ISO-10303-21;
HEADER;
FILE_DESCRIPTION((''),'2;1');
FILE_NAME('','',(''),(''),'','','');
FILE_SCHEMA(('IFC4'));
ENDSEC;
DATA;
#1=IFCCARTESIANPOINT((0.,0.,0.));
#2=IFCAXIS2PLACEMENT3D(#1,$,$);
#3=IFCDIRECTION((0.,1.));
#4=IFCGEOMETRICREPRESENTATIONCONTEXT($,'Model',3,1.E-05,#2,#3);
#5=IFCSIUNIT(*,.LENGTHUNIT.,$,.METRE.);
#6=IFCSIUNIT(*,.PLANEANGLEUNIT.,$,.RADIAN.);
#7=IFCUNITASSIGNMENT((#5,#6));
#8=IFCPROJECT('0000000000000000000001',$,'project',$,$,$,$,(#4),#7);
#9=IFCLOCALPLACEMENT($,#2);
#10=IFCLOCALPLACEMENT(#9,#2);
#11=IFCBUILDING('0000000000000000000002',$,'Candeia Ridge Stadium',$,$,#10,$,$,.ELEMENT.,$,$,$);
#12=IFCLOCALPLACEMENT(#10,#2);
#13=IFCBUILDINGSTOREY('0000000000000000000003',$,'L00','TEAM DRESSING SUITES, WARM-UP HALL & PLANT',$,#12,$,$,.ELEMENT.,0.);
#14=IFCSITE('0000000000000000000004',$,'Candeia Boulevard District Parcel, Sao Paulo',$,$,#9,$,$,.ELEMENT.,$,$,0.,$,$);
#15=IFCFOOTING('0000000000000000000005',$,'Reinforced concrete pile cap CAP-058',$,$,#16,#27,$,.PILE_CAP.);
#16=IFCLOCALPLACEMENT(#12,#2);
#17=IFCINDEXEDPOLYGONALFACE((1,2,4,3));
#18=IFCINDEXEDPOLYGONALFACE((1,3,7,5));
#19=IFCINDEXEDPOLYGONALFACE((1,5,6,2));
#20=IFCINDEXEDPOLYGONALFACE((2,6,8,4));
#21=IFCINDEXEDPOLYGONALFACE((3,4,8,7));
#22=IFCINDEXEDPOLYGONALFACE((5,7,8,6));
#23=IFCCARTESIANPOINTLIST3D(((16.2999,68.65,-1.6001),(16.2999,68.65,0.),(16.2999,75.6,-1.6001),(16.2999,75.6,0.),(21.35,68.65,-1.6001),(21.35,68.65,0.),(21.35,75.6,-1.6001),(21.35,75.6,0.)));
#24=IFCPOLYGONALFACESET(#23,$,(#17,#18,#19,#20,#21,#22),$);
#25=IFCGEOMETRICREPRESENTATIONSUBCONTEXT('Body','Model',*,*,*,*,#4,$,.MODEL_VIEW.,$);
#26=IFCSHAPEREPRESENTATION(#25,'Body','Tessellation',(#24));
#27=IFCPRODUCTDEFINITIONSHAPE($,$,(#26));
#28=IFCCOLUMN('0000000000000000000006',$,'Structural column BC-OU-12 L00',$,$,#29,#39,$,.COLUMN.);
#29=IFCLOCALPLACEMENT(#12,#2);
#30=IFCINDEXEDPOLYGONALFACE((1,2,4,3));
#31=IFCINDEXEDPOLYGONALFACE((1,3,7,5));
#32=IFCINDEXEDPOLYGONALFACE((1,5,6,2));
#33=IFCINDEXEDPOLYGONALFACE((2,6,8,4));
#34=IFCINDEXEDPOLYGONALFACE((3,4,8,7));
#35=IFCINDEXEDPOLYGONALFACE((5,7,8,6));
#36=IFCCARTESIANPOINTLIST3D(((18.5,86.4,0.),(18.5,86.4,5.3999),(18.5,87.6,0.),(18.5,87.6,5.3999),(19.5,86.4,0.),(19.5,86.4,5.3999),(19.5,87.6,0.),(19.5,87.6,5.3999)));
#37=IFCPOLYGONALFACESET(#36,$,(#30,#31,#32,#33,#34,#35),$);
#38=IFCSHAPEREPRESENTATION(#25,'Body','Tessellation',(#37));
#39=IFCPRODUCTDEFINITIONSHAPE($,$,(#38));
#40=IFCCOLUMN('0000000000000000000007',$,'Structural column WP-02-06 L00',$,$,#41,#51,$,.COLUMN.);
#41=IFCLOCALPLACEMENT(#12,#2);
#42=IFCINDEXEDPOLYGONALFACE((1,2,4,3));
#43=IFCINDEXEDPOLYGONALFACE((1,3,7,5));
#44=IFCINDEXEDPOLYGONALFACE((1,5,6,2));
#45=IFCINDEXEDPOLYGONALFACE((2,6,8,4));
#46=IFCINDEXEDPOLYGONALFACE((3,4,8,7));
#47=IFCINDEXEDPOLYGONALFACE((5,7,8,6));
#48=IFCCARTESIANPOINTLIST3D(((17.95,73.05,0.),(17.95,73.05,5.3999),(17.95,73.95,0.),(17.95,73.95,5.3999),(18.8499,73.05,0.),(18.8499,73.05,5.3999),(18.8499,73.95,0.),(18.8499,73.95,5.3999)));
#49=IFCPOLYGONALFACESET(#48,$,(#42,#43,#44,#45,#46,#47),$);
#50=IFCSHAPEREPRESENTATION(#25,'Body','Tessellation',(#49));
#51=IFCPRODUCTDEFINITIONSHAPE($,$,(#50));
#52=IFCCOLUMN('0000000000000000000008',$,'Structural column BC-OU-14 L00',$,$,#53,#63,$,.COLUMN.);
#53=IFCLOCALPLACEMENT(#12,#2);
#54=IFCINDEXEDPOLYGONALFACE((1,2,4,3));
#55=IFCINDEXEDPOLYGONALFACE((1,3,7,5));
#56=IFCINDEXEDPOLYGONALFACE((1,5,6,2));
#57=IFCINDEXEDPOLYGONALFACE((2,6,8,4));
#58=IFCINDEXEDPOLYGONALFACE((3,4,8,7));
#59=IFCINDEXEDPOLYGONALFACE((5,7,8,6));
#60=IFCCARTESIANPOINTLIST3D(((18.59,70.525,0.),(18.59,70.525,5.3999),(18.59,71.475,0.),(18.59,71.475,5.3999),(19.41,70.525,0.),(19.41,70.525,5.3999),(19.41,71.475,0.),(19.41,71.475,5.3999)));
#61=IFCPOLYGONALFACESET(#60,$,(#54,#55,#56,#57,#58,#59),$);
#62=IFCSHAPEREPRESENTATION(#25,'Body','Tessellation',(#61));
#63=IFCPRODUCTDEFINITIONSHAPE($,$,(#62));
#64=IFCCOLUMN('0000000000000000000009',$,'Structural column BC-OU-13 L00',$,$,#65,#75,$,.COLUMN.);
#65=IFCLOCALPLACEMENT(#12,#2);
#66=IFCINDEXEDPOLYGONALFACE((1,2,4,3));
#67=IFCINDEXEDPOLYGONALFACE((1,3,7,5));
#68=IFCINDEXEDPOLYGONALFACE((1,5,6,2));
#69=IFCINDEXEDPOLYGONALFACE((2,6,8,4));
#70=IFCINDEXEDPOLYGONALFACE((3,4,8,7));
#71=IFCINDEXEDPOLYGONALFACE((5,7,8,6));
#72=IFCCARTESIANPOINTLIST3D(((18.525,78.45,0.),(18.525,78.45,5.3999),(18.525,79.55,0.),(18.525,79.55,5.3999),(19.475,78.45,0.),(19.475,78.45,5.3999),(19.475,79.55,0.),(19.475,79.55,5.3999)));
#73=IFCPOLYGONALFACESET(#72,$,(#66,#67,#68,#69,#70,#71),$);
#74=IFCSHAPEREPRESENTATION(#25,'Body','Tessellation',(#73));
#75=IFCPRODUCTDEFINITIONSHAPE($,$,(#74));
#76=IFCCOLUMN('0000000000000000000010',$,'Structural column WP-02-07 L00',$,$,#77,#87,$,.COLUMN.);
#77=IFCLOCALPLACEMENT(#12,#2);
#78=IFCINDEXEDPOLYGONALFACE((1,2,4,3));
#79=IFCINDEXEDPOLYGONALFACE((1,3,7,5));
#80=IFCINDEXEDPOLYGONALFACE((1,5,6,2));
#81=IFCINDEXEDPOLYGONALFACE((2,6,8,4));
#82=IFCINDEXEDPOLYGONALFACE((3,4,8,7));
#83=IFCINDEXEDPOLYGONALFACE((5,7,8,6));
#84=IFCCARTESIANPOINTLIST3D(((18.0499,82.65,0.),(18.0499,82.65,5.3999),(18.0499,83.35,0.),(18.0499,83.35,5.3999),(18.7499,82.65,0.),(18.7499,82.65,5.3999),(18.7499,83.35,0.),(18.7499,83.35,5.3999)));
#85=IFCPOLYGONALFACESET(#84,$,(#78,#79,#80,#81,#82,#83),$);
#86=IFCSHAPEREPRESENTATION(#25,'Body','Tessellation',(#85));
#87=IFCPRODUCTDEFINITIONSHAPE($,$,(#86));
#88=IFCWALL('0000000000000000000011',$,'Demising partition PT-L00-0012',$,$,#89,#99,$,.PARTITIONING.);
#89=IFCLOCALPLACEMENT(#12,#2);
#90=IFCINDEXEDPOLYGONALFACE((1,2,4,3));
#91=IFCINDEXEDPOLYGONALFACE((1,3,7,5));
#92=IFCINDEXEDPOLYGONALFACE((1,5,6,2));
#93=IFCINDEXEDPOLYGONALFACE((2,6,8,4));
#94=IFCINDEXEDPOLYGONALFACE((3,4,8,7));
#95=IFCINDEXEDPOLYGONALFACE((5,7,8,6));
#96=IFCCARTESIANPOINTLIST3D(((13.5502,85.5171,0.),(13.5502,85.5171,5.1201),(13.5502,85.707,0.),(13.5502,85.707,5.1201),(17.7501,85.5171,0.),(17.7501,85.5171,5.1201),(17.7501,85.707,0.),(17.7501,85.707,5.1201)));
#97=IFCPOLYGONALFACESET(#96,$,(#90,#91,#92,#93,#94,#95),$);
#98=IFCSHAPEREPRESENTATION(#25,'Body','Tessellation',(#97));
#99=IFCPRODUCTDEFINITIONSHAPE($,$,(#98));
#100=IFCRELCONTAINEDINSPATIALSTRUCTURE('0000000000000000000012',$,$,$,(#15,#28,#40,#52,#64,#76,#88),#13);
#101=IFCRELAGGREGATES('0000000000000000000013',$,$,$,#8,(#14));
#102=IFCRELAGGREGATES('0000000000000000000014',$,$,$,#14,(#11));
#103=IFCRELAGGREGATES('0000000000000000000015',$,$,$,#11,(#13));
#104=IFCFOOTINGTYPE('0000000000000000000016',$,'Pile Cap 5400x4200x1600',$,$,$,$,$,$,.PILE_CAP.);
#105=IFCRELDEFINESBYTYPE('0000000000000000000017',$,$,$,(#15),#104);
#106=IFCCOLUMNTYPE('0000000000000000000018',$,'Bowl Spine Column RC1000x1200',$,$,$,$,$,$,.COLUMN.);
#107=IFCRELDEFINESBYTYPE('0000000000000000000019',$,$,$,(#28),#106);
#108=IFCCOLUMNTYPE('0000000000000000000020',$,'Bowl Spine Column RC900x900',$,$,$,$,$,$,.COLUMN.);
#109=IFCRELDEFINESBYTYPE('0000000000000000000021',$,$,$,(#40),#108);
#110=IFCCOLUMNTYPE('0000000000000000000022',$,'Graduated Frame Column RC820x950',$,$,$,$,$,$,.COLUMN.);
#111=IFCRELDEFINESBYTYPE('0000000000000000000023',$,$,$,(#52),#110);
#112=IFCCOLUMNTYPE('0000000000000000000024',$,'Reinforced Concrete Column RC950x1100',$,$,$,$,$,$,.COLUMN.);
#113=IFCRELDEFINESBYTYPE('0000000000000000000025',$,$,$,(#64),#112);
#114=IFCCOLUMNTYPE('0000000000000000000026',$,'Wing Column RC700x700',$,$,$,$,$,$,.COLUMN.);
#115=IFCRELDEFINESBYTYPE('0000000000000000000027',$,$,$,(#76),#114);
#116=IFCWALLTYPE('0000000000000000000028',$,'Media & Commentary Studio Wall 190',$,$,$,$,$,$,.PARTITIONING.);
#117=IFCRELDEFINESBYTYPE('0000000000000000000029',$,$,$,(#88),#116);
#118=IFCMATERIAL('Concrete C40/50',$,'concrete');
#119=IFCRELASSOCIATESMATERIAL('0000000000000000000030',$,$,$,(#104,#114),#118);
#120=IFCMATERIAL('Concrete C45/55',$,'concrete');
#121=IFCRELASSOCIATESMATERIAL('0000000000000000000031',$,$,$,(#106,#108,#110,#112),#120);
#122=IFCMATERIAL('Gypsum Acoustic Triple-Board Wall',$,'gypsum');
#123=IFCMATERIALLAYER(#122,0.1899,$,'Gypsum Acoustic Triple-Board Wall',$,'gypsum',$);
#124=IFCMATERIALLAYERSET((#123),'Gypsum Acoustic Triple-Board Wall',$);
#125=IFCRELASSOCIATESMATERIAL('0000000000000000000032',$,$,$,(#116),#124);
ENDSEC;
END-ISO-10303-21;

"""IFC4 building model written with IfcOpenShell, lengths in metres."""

from ifc_helpers import new_model, si_unit, direction, frame, frame_2d, origin, origin_2d, place, context, subcontext, project, spatial, rectangle, extrude, material, layer, layer_set, material_profile, profile_set, type_object, element, save


model = new_model("IFC4")

# Units and contexts
model_context = context("Model", 3, precision=1e-05, world=origin(), true_north=direction((0.0, 1.0)))
body_context = subcontext(model_context, "Body", "Model", "MODEL_VIEW")
ifc_project = project(units=[si_unit("LENGTHUNIT", "METRE"), si_unit("PLANEANGLEUNIT", "RADIAN")], contexts=[model_context])

# Site, building, storey
site_placement = place(None, origin())
site = spatial("IfcSite", under=ifc_project, at=site_placement, Name="Candeia Boulevard District Parcel, Sao Paulo", CompositionType="ELEMENT", RefElevation=0.0)
building_placement = place(site_placement, origin())
building = spatial("IfcBuilding", under=site, at=building_placement, Name="Candeia Ridge Stadium", CompositionType="ELEMENT")
storey_placement = place(building_placement, origin())
storey = spatial("IfcBuildingStorey", under=building, at=storey_placement, Name="L00", Description="TEAM DRESSING SUITES, WARM-UP HALL & PLANT", CompositionType="ELEMENT", Elevation=0.0)

# Shared definitions
ifc_material_1 = material(Name="Concrete C40/50", Category="concrete")

# Footing
footing_type_1 = type_object("IfcFootingType", Name="Pile Cap 5400x4200x1600", PredefinedType="PILE_CAP", material=ifc_material_1)
footing_1_placement = place(storey_placement, frame((18.825, 72.125, -1.6001), z_axis=(0.0, 0.0, 1.0), x_axis=(1.0, 0.0, 0.0)))
element("IfcFooting", 1, at=footing_1_placement, inside=storey, type_object=footing_type_1, Name="Reinforced concrete pile cap CAP-058", PredefinedType="PILE_CAP", context=body_context, shape_type="SweptSolid", body=[
    extrude(rectangle(XDim=5.05, YDim=6.95, at=origin_2d()), origin(), (0.0, 0.0, 1.0), 1.6001),
])

# Columns
ifc_material_2 = material(Name="Concrete C45/55", Category="concrete")
ifc_material_profile_1 = material_profile(ifc_material_2, rectangle(XDim=1.0, YDim=1.2, at=origin_2d()), Name="RC1000x1200", Category="concrete")
ifc_profile_set_1 = profile_set([ifc_material_profile_1], Name="Concrete C45/55")
column_type_1 = type_object("IfcColumnType", Name="Bowl Spine Column RC1000x1200", PredefinedType="COLUMN", material=ifc_profile_set_1)
column_1_placement = place(storey_placement, frame((19.0, 87.0, 0.0), z_axis=(0.0, 0.0, 1.0), x_axis=(1.0, 0.0, 0.0)))
element("IfcColumn", 2, at=column_1_placement, inside=storey, type_object=column_type_1, Name="Structural column BC-OU-12 L00", PredefinedType="COLUMN", context=body_context, shape_type="SweptSolid", body=[
    extrude(rectangle(XDim=1.0, YDim=1.2, at=origin_2d()), origin(), (0.0, 0.0, 1.0), 5.3999),
])
ifc_material_profile_2 = material_profile(ifc_material_2, rectangle(XDim=0.8999, YDim=0.8999, at=origin_2d()), Name="RC900x900", Category="concrete")
ifc_profile_set_2 = profile_set([ifc_material_profile_2], Name="Concrete C45/55")
column_type_2 = type_object("IfcColumnType", Name="Bowl Spine Column RC900x900", PredefinedType="COLUMN", material=ifc_profile_set_2)
column_2_placement = place(storey_placement, frame((18.3999, 73.5, 0.0), z_axis=(0.0, 0.0, 1.0), x_axis=(1.0, 0.0, 0.0)))
element("IfcColumn", 3, at=column_2_placement, inside=storey, type_object=column_type_2, Name="Structural column WP-02-06 L00", PredefinedType="COLUMN", context=body_context, shape_type="SweptSolid", body=[
    extrude(rectangle(XDim=0.8999, YDim=0.8999, at=origin_2d()), origin(), (0.0, 0.0, 1.0), 5.3999),
])
ifc_material_profile_3 = material_profile(ifc_material_2, rectangle(XDim=0.8201, YDim=0.95, at=origin_2d()), Name="RC820x950", Category="concrete")
ifc_profile_set_3 = profile_set([ifc_material_profile_3], Name="Concrete C45/55")
column_type_3 = type_object("IfcColumnType", Name="Graduated Frame Column RC820x950", PredefinedType="COLUMN", material=ifc_profile_set_3)
column_3_placement = place(storey_placement, frame((19.0, 71.0, 0.0), z_axis=(0.0, 0.0, 1.0), x_axis=(1.0, 0.0, 0.0)))
element("IfcColumn", 4, at=column_3_placement, inside=storey, type_object=column_type_3, Name="Structural column BC-OU-14 L00", PredefinedType="COLUMN", context=body_context, shape_type="SweptSolid", body=[
    extrude(rectangle(XDim=0.8201, YDim=0.95, at=origin_2d()), origin(), (0.0, 0.0, 1.0), 5.3999),
])
ifc_material_profile_4 = material_profile(ifc_material_2, rectangle(XDim=0.95, YDim=1.1001, at=origin_2d()), Name="RC950x1100", Category="concrete")
ifc_profile_set_4 = profile_set([ifc_material_profile_4], Name="Concrete C45/55")
column_type_4 = type_object("IfcColumnType", Name="Reinforced Concrete Column RC950x1100", PredefinedType="COLUMN", material=ifc_profile_set_4)
column_4_placement = place(storey_placement, frame((19.0, 79.0, 0.0), z_axis=(0.0, 0.0, 1.0), x_axis=(1.0, 0.0, 0.0)))
element("IfcColumn", 5, at=column_4_placement, inside=storey, type_object=column_type_4, Name="Structural column BC-OU-13 L00", PredefinedType="COLUMN", context=body_context, shape_type="SweptSolid", body=[
    extrude(rectangle(XDim=0.95, YDim=1.1001, at=origin_2d()), origin(), (0.0, 0.0, 1.0), 5.3999),
])
ifc_material_profile_5 = material_profile(ifc_material_1, rectangle(XDim=0.7, YDim=0.7, at=origin_2d()), Name="RC700x700", Category="concrete")
ifc_profile_set_5 = profile_set([ifc_material_profile_5], Name="Concrete C40/50")
column_type_5 = type_object("IfcColumnType", Name="Wing Column RC700x700", PredefinedType="COLUMN", material=ifc_profile_set_5)
column_5_placement = place(storey_placement, frame((18.3999, 83.0, 0.0), z_axis=(0.0, 0.0, 1.0), x_axis=(1.0, 0.0, 0.0)))
element("IfcColumn", 6, at=column_5_placement, inside=storey, type_object=column_type_5, Name="Structural column WP-02-07 L00", PredefinedType="COLUMN", context=body_context, shape_type="SweptSolid", body=[
    extrude(rectangle(XDim=0.7, YDim=0.7, at=origin_2d()), origin(), (0.0, 0.0, 1.0), 5.3999),
])

# Wall
ifc_material_3 = material(Name="Gypsum Acoustic Triple-Board Wall", Category="gypsum")
ifc_layer = layer(ifc_material_3, 0.1899, Name="Gypsum Acoustic Triple-Board Wall", Category="gypsum")
ifc_layer_set = layer_set([ifc_layer], Name="Gypsum Acoustic Triple-Board Wall")
wall_type = type_object("IfcWallType", Name="Media & Commentary Studio Wall 190", PredefinedType="PARTITIONING", material=ifc_layer_set)
wall_placement = place(storey_placement, frame((13.55, 85.6121, 0.0), z_axis=(0.0, 0.0, 1.0), x_axis=(1.0, 0.0, 0.0)))
element("IfcWall", 7, at=wall_placement, inside=storey, type_object=wall_type, Name="Demising partition PT-L00-0012", PredefinedType="PARTITIONING", context=body_context, shape_type="SweptSolid", body=[
    extrude(rectangle(XDim=4.2, YDim=0.1899, at=frame_2d((2.1001, 0.0))), origin(), (0.0, 0.0, 1.0), 5.1201),
])

save(model, "model.ifc")
